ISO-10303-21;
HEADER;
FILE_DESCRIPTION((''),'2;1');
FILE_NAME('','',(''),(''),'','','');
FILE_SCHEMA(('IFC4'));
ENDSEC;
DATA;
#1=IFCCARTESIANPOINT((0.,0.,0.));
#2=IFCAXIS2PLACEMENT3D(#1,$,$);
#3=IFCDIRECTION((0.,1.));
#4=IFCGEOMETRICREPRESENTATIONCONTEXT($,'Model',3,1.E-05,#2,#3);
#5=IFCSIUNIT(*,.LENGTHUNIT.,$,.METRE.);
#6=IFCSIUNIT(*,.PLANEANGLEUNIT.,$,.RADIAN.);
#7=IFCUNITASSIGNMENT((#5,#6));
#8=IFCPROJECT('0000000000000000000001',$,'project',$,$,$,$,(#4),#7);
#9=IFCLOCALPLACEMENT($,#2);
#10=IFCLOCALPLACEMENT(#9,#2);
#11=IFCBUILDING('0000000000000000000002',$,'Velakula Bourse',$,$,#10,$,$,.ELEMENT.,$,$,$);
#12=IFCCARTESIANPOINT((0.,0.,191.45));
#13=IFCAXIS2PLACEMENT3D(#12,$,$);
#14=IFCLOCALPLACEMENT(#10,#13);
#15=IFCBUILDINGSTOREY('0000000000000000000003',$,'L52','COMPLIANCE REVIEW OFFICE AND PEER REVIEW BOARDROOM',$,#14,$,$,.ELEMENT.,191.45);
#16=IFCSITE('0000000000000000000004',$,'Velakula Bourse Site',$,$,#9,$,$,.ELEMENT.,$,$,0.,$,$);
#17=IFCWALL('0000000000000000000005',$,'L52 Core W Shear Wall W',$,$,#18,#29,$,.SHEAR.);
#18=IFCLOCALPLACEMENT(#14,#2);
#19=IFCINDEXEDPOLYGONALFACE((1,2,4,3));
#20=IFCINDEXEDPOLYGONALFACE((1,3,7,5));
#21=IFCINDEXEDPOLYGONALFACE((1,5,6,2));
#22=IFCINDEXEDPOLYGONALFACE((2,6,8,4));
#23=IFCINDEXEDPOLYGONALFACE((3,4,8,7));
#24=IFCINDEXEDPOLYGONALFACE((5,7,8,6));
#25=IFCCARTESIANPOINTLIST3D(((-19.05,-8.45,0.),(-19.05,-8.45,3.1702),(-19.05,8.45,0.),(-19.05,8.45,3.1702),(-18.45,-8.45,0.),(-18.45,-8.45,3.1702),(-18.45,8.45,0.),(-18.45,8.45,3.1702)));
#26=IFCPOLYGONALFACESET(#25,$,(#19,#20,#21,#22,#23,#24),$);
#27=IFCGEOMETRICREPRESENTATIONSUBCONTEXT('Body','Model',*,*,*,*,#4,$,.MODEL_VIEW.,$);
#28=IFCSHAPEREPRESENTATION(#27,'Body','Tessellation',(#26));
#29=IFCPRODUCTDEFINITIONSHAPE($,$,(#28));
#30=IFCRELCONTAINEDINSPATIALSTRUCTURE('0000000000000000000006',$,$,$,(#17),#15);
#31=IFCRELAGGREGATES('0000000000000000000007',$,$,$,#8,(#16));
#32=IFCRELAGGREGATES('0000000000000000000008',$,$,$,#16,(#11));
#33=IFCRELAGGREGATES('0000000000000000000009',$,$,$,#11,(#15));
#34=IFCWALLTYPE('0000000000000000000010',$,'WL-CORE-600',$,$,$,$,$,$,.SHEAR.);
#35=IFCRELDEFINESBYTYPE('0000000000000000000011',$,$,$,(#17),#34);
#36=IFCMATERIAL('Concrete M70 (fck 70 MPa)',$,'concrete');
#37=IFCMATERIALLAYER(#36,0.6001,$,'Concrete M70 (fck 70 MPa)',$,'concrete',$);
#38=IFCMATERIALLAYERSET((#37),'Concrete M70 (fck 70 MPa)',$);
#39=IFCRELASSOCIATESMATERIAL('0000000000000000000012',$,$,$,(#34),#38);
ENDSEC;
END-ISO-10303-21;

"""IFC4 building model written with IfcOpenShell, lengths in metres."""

from ifc_helpers import new_model, si_unit, direction, frame, frame_2d, origin, place, context, subcontext, project, spatial, rectangle, extrude, material, layer, layer_set, type_object, element, save


model = new_model("IFC4")

# Units and contexts
model_context = context("Model", 3, precision=1e-05, world=origin(), true_north=direction((0.0, 1.0)))
body_context = subcontext(model_context, "Body", "Model", "MODEL_VIEW")
ifc_project = project(units=[si_unit("LENGTHUNIT", "METRE"), si_unit("PLANEANGLEUNIT", "RADIAN")], contexts=[model_context])

# Site, building, storey
site_placement = place(None, origin())
site = spatial("IfcSite", under=ifc_project, at=site_placement, Name="Velakula Bourse Site", CompositionType="ELEMENT", RefElevation=0.0)
building_placement = place(site_placement, origin())
building = spatial("IfcBuilding", under=site, at=building_placement, Name="Velakula Bourse", CompositionType="ELEMENT")
storey_placement = place(building_placement, frame((0.0, 0.0, 191.45)))
storey = spatial("IfcBuildingStorey", under=building, at=storey_placement, Name="L52", Description="COMPLIANCE REVIEW OFFICE AND PEER REVIEW BOARDROOM", CompositionType="ELEMENT", Elevation=191.45)

# Wall
ifc_material_1 = material(Name="Concrete M70 (fck 70 MPa)", Category="concrete")
ifc_layer = layer(ifc_material_1, 0.6001, Name="Concrete M70 (fck 70 MPa)", Category="concrete")
ifc_layer_set = layer_set([ifc_layer], Name="Concrete M70 (fck 70 MPa)")
wall_type = type_object("IfcWallType", Name="WL-CORE-600", PredefinedType="SHEAR", material=ifc_layer_set)
wall_1_placement = place(storey_placement, frame((-18.75, -8.45, 0.0), z_axis=(0.0, 0.0, 1.0), x_axis=(0.0, 1.0, 0.0)))
element("IfcWall", 1, at=wall_1_placement, inside=storey, type_object=wall_type, Name="L52 Core W Shear Wall W", PredefinedType="SHEAR", context=body_context, shape_type="SweptSolid", body=[
    extrude(rectangle(XDim=16.8999, YDim=0.6001, at=frame_2d((8.45, 0.0))), origin(), (0.0, 0.0, 1.0), 3.1702),
])

save(model, "model.ifc")
